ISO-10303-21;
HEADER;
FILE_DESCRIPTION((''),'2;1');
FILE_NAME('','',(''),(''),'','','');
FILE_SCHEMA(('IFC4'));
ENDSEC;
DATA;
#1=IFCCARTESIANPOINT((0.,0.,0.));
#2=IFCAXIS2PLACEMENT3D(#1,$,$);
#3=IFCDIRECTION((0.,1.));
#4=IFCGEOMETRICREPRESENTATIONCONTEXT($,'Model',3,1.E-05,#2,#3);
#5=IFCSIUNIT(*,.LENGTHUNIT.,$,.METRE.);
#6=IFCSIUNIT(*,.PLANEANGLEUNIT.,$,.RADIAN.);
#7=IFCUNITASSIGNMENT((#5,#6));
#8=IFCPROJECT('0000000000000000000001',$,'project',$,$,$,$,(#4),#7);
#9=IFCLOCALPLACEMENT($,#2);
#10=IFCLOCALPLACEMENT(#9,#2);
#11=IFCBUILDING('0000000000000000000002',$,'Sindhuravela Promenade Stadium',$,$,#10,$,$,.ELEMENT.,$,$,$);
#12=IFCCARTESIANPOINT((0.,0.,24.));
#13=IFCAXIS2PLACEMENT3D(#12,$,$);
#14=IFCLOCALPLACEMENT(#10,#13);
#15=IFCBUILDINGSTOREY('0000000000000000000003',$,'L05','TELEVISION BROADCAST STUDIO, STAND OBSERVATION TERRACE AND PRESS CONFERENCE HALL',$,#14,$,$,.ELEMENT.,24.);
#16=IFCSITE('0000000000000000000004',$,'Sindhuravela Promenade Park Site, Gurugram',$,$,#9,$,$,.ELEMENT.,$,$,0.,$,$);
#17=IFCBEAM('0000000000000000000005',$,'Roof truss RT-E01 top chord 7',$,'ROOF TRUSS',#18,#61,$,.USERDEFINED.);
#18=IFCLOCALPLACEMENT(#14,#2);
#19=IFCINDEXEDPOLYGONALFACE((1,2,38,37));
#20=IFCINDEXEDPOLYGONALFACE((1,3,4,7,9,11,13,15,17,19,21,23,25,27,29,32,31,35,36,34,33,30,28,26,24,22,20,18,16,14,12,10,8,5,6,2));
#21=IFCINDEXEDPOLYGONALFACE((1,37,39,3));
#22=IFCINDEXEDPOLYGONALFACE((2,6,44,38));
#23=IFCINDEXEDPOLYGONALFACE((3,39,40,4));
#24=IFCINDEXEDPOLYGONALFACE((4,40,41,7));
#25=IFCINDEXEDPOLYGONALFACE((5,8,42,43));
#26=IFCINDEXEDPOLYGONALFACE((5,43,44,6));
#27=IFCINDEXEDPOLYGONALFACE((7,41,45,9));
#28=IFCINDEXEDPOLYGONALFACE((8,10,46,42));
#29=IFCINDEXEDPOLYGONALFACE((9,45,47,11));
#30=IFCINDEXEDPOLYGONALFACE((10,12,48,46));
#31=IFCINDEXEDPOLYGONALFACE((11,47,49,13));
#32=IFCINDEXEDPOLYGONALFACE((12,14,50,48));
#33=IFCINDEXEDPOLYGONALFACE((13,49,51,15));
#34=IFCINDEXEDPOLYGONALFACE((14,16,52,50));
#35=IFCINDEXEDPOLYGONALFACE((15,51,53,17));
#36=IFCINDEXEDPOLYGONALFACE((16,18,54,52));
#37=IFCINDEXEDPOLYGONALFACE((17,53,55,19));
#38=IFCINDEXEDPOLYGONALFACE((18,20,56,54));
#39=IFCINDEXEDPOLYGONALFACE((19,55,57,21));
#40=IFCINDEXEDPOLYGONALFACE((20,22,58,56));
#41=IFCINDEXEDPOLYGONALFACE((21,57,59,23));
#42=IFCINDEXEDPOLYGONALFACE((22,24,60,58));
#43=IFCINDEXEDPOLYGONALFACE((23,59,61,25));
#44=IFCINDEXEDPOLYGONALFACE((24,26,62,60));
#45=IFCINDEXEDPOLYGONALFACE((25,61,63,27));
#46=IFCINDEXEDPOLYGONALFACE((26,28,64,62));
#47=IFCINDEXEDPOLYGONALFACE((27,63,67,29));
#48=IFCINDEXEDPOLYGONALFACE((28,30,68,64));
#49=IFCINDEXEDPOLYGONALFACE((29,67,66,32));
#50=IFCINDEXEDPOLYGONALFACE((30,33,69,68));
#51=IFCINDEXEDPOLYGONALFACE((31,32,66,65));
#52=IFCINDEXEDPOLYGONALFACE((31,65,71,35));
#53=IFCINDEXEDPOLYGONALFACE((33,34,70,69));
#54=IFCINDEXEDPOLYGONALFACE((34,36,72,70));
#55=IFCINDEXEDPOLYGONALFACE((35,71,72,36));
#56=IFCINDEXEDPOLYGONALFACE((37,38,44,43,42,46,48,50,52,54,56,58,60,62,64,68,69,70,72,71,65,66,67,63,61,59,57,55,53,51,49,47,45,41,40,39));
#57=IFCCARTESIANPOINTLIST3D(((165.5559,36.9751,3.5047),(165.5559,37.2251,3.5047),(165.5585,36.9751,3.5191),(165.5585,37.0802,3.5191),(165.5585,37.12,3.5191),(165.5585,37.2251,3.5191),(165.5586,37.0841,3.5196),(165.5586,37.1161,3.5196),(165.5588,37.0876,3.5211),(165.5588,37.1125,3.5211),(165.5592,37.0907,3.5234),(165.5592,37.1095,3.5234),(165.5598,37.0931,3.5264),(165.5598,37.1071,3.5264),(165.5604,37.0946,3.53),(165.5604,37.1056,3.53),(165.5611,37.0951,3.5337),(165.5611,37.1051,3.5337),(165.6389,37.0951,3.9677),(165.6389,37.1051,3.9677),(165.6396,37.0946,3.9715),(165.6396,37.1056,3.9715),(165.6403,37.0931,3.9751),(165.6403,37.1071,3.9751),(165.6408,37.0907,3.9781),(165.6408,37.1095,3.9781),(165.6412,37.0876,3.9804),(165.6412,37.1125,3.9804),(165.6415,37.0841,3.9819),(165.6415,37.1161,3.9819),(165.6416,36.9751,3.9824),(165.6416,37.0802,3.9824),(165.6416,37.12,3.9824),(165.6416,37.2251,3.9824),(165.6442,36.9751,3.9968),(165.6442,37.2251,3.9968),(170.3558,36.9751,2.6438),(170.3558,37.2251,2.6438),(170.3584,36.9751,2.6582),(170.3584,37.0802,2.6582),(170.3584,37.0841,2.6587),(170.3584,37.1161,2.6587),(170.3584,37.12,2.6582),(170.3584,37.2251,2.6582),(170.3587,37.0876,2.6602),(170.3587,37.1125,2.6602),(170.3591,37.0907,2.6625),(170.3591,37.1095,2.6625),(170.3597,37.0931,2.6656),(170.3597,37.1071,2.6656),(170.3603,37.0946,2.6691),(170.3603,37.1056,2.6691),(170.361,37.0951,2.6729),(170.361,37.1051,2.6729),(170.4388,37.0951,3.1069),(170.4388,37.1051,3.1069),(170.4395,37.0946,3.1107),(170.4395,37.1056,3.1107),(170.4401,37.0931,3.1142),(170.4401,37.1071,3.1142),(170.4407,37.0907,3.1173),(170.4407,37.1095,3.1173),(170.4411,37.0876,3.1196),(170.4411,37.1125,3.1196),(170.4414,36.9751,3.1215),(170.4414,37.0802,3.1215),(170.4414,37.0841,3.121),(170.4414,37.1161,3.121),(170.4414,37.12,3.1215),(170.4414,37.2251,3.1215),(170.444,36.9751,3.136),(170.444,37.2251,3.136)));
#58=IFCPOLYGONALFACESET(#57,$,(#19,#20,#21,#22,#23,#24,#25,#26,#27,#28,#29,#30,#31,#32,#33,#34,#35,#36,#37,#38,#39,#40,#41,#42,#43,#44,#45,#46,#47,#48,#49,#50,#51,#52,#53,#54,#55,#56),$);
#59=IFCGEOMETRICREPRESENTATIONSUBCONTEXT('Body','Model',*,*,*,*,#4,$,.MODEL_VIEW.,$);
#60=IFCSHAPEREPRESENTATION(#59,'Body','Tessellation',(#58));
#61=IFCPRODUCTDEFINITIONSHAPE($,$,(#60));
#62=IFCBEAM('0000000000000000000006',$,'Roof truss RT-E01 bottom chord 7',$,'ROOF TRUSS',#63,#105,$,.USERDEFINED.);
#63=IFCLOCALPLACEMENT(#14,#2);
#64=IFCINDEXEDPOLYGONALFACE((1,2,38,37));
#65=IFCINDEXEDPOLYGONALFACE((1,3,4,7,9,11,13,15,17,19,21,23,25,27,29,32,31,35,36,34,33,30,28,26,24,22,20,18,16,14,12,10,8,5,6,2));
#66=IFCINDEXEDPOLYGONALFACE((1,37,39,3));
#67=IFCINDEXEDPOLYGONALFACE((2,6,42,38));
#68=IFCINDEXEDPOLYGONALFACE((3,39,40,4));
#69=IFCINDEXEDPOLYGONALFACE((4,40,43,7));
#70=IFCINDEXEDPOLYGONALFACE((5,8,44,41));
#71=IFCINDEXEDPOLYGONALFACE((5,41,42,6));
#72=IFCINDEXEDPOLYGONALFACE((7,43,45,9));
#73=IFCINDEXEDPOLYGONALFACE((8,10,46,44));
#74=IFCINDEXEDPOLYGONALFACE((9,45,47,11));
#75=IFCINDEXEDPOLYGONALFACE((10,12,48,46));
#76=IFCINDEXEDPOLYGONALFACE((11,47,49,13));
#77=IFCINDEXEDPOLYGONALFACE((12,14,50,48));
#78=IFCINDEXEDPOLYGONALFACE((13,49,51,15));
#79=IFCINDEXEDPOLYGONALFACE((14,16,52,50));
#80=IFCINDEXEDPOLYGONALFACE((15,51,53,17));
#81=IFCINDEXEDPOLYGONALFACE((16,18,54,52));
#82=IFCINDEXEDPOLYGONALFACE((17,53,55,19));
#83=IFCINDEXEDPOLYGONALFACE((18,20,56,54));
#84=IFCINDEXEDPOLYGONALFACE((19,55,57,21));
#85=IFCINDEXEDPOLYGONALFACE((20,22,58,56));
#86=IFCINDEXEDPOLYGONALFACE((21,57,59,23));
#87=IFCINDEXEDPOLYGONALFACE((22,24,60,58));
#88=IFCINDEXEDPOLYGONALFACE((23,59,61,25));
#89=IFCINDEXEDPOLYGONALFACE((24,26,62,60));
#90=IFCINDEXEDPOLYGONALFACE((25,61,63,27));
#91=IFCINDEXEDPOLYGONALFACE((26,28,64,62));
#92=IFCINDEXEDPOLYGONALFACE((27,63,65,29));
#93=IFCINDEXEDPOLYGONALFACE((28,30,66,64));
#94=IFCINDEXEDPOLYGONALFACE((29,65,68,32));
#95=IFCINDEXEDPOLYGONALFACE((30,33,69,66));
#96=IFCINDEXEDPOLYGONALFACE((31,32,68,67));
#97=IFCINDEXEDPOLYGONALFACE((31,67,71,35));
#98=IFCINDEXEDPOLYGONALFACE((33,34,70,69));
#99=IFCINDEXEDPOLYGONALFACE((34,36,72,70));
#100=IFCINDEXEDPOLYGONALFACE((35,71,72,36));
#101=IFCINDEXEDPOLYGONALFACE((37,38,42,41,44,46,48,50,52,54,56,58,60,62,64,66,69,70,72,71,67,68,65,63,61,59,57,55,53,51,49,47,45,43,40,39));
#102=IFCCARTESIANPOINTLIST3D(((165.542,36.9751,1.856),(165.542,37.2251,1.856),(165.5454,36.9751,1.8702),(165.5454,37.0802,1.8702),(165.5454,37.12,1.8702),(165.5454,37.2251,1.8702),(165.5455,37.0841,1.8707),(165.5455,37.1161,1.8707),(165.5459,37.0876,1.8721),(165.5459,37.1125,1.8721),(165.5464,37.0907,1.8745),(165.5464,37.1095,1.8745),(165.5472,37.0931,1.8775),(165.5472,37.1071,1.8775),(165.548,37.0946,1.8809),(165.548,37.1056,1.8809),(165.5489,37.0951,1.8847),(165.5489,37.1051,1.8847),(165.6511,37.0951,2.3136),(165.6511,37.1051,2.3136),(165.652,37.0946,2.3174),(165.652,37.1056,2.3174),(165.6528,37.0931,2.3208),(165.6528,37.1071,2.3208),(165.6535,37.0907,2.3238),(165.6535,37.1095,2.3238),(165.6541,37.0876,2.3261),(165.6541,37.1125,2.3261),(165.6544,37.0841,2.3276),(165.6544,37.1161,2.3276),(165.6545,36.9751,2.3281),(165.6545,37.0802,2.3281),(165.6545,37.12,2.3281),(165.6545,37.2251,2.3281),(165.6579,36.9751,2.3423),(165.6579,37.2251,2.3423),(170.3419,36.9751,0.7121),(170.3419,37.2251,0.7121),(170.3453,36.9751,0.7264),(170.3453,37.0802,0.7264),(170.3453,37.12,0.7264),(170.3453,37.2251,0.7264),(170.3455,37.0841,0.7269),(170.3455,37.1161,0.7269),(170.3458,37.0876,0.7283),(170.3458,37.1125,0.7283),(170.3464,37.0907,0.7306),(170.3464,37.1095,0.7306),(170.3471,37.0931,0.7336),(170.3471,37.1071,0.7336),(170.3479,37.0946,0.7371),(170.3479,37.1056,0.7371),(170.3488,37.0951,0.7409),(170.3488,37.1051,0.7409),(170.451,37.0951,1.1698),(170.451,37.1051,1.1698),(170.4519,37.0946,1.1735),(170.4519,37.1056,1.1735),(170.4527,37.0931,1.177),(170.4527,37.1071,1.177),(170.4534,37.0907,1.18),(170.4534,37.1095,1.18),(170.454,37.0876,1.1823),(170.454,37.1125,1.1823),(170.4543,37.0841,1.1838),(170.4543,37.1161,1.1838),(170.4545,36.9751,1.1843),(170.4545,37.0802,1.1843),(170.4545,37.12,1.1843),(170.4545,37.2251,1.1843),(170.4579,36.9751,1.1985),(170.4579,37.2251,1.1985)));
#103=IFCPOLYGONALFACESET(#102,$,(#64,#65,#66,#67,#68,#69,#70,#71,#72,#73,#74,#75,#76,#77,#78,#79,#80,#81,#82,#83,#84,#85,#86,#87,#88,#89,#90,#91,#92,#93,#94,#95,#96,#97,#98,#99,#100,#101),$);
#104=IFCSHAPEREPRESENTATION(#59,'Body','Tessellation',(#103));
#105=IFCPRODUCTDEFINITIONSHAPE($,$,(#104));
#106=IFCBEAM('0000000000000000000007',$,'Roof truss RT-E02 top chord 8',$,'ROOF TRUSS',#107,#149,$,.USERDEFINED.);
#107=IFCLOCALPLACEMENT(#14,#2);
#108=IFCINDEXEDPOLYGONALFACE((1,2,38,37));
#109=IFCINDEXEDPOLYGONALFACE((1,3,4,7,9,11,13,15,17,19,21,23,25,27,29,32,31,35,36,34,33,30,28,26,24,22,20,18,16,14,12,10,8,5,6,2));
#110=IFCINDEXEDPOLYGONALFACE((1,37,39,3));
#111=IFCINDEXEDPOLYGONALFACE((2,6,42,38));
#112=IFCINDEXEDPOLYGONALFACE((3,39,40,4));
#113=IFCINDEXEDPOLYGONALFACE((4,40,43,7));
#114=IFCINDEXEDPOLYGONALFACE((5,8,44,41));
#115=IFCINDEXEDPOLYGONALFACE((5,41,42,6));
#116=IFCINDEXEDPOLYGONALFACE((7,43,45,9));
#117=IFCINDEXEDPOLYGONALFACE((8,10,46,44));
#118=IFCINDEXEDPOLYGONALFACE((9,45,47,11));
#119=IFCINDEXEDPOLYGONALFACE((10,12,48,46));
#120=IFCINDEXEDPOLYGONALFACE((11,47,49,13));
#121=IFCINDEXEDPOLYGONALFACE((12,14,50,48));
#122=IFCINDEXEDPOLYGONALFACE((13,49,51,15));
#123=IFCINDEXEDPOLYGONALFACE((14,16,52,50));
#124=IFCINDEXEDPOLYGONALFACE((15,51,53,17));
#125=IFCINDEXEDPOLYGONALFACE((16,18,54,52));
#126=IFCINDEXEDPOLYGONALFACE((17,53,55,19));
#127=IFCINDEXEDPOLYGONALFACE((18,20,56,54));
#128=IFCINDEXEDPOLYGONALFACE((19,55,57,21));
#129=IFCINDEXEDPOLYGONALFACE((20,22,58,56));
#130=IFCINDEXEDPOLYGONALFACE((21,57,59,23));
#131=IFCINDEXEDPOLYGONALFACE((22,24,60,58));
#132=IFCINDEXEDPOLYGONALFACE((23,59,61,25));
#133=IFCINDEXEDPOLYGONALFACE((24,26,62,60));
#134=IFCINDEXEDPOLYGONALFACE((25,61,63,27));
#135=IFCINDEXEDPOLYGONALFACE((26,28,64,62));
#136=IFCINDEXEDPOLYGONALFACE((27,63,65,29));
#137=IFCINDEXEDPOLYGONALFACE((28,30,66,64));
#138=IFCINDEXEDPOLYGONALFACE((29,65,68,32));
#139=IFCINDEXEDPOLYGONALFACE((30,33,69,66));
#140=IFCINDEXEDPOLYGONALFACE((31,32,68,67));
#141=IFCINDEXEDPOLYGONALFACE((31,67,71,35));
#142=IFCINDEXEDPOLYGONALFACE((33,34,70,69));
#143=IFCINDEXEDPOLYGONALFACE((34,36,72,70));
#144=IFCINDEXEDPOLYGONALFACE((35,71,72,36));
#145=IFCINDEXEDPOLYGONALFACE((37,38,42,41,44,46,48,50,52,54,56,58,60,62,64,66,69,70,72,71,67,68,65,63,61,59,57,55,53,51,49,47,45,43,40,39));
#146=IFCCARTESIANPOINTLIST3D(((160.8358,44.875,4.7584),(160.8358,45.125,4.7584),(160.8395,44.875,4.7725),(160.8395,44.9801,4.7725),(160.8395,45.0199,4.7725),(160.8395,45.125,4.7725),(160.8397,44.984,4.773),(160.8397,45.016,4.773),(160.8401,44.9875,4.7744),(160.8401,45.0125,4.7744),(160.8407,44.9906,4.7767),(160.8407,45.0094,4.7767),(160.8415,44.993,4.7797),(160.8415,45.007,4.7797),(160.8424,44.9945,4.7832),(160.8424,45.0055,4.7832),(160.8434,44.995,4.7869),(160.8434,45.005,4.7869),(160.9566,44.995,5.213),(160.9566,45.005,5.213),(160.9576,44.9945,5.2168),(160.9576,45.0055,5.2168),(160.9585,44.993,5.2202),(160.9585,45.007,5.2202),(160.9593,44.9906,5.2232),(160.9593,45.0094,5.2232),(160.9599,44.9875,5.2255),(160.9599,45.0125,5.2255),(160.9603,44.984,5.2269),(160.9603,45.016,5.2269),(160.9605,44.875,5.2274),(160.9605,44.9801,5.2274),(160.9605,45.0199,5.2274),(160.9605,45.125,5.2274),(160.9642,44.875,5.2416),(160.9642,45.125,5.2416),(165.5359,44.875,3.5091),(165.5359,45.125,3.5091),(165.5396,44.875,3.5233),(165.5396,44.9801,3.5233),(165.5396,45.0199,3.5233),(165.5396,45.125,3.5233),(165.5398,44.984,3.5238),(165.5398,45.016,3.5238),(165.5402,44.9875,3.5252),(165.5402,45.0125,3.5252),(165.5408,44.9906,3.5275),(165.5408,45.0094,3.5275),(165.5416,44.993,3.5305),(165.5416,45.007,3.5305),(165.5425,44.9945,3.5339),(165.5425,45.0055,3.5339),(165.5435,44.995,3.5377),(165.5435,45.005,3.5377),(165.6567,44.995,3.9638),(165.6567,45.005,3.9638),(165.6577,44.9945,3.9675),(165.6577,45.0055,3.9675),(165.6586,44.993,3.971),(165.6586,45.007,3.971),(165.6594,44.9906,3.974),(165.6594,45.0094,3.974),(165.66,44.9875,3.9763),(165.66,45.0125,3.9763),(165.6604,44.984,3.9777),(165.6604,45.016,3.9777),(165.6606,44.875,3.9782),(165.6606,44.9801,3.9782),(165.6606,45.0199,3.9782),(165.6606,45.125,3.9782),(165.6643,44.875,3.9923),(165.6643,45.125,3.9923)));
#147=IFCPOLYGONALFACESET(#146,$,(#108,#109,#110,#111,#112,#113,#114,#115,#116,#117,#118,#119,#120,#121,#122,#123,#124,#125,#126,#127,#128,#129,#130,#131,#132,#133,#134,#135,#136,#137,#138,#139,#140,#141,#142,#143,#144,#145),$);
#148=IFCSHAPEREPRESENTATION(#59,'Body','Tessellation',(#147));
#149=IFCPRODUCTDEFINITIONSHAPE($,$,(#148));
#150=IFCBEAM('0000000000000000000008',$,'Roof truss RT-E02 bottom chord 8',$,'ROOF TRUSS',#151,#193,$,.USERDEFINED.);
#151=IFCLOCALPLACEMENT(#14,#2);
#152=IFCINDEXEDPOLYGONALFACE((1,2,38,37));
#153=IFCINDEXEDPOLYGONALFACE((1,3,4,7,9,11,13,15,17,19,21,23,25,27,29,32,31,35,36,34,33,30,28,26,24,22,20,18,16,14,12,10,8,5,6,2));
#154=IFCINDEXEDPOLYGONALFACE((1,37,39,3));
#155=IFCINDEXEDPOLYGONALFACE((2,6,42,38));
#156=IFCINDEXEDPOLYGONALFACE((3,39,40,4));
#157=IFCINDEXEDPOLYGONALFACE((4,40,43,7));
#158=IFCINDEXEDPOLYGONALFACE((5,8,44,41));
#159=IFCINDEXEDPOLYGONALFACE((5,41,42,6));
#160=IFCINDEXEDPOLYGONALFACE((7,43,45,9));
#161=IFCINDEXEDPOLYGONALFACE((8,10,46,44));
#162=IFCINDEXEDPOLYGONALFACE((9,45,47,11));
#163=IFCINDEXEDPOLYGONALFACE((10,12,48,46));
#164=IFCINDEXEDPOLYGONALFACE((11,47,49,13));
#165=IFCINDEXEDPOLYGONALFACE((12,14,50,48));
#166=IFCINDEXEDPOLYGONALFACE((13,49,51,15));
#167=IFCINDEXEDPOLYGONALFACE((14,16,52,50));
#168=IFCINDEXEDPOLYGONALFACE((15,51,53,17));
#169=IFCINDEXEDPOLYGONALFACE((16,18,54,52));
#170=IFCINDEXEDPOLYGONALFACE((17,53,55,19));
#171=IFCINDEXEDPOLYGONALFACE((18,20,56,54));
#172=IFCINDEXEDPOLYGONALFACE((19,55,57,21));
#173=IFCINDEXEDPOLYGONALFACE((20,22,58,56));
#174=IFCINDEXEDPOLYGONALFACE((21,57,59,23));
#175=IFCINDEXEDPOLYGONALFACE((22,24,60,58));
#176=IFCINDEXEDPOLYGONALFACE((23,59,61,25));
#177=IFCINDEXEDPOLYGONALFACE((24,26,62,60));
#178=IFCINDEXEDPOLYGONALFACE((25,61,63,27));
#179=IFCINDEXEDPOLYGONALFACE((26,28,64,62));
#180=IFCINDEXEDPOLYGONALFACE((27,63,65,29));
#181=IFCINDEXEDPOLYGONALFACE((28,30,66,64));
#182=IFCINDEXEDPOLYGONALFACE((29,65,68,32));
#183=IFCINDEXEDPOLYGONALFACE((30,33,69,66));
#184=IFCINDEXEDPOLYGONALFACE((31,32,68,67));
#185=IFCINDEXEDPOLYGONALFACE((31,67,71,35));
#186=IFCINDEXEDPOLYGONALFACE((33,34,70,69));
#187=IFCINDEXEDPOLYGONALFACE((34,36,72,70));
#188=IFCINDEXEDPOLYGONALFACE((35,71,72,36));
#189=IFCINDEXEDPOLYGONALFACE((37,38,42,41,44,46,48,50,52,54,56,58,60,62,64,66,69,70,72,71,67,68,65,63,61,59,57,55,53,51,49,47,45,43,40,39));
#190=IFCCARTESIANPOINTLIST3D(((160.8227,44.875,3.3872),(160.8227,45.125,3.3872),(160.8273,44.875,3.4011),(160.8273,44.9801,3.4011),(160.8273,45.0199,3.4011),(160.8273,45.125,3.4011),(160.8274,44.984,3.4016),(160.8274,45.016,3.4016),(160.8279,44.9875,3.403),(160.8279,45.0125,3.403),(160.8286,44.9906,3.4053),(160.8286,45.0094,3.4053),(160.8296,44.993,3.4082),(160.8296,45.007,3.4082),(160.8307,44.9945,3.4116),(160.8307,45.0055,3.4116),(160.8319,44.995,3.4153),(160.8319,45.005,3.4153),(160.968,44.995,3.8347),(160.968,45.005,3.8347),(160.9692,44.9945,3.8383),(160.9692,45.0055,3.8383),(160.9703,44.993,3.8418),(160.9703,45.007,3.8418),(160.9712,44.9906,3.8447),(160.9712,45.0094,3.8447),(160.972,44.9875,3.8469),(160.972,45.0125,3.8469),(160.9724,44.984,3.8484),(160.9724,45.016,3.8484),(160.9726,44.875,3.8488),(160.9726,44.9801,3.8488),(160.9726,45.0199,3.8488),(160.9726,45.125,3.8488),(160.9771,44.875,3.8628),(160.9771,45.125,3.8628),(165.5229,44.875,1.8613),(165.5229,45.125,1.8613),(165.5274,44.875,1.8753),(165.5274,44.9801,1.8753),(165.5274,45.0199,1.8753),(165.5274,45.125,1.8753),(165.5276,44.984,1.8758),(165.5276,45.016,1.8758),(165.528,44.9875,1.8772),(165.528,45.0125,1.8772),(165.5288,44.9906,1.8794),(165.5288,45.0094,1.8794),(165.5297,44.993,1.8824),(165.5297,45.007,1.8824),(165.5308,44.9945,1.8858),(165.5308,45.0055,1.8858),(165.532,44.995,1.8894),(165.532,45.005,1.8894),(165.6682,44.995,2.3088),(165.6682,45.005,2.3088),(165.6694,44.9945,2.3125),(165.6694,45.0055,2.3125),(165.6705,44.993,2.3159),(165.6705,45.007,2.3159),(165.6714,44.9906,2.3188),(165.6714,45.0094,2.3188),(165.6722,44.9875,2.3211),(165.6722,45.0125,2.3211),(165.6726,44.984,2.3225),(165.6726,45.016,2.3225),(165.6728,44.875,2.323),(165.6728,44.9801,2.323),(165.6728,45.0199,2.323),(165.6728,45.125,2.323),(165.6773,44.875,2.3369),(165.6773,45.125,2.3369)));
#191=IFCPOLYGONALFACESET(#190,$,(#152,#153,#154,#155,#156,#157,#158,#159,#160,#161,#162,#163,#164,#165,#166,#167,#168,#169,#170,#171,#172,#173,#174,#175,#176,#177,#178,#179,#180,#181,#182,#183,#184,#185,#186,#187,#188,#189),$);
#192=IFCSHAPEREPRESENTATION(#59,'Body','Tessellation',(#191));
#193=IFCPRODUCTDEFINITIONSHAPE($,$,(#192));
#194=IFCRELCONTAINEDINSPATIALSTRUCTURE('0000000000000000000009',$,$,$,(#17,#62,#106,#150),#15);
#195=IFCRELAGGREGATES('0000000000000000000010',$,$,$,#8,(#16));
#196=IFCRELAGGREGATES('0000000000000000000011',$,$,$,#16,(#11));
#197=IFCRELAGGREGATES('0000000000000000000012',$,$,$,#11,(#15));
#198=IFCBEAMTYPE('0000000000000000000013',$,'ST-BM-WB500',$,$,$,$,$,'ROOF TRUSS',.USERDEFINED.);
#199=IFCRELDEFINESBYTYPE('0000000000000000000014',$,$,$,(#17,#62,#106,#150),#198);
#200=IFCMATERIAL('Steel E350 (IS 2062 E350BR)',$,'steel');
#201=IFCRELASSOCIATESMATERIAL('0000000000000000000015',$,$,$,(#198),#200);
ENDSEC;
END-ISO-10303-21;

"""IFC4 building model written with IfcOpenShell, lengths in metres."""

from ifc_helpers import new_model, si_unit, direction, frame, origin, origin_2d, place, context, subcontext, project, spatial, i_section, extrude, material, material_profile, profile_set, type_object, element, save


model = new_model("IFC4")

# Units and contexts
model_context = context("Model", 3, precision=1e-05, world=origin(), true_north=direction((0.0, 1.0)))
body_context = subcontext(model_context, "Body", "Model", "MODEL_VIEW")
ifc_project = project(units=[si_unit("LENGTHUNIT", "METRE"), si_unit("PLANEANGLEUNIT", "RADIAN")], contexts=[model_context])

# Site, building, storey
site_placement = place(None, origin())
site = spatial("IfcSite", under=ifc_project, at=site_placement, Name="Sindhuravela Promenade Park Site, Gurugram", CompositionType="ELEMENT", RefElevation=0.0)
building_placement = place(site_placement, origin())
building = spatial("IfcBuilding", under=site, at=building_placement, Name="Sindhuravela Promenade Stadium", CompositionType="ELEMENT")
storey_placement = place(building_placement, frame((0.0, 0.0, 24.0)))
storey = spatial("IfcBuildingStorey", under=building, at=storey_placement, Name="L05", Description="TELEVISION BROADCAST STUDIO, STAND OBSERVATION TERRACE AND PRESS CONFERENCE HALL", CompositionType="ELEMENT", Elevation=24.0)

# Beams
ifc_material_1 = material(Name="Steel E350 (IS 2062 E350BR)", Category="steel")
ifc_material_profile_1 = material_profile(ifc_material_1, i_section(OverallWidth=0.25, OverallDepth=0.5, WebThickness=0.01, FlangeThickness=0.0146, FilletRadius=0.0149, at=origin_2d()), Name="ISWB 500")
ifc_profile_set_1 = profile_set([ifc_material_profile_1], Name="Steel E350 (IS 2062 E350BR)")
beam_type = type_object("IfcBeamType", Name="ST-BM-WB500", ElementType="ROOF TRUSS", PredefinedType="USERDEFINED", material=ifc_profile_set_1)
beam_1_placement = place(storey_placement, frame((170.3999, 37.1001, 2.8899), z_axis=(-0.984295, 0.0, 0.176532), x_axis=(0.0, -1.0, 0.0)))
element("IfcBeam", 1, at=beam_1_placement, inside=storey, type_object=beam_type, Name="Roof truss RT-E01 top chord 7", ObjectType="ROOF TRUSS", PredefinedType="USERDEFINED", context=body_context, shape_type="SweptSolid", body=[
    extrude(i_section(OverallWidth=0.25, OverallDepth=0.5, WebThickness=0.01, FlangeThickness=0.0146, FilletRadius=0.0149, at=origin_2d()), origin(), (0.0, 0.0, 1.0), 4.8765),
])
beam_2_placement = place(storey_placement, frame((170.3999, 37.1001, 0.9553), z_axis=(-0.972761, 0.0, 0.23181), x_axis=(0.0, -1.0, 0.0)))
element("IfcBeam", 2, at=beam_2_placement, inside=storey, type_object=beam_type, Name="Roof truss RT-E01 bottom chord 7", ObjectType="ROOF TRUSS", PredefinedType="USERDEFINED", context=body_context, shape_type="SweptSolid", body=[
    extrude(i_section(OverallWidth=0.25, OverallDepth=0.5, WebThickness=0.01, FlangeThickness=0.0146, FilletRadius=0.0149, at=origin_2d()), origin(), (0.0, 0.0, 1.0), 4.9343),
])
beam_3_placement = place(storey_placement, frame((165.6001, 45.0, 3.7507), z_axis=(-0.966445, 0.0, 0.256872), x_axis=(0.0, -1.0, 0.0)))
element("IfcBeam", 3, at=beam_3_placement, inside=storey, type_object=beam_type, Name="Roof truss RT-E02 top chord 8", ObjectType="ROOF TRUSS", PredefinedType="USERDEFINED", context=body_context, shape_type="SweptSolid", body=[
    extrude(i_section(OverallWidth=0.25, OverallDepth=0.5, WebThickness=0.01, FlangeThickness=0.0146, FilletRadius=0.0149, at=origin_2d()), origin(), (0.0, 0.0, 1.0), 4.8633),
])
beam_4_placement = place(storey_placement, frame((165.6001, 45.0, 2.0991), z_axis=(-0.951134, 0.0, 0.308778), x_axis=(0.0, -1.0, 0.0)))
element("IfcBeam", 4, at=beam_4_placement, inside=storey, type_object=beam_type, Name="Roof truss RT-E02 bottom chord 8", ObjectType="ROOF TRUSS", PredefinedType="USERDEFINED", context=body_context, shape_type="SweptSolid", body=[
    extrude(i_section(OverallWidth=0.25, OverallDepth=0.5, WebThickness=0.01, FlangeThickness=0.0146, FilletRadius=0.0149, at=origin_2d()), origin(), (0.0, 0.0, 1.0), 4.9417),
])

save(model, "model.ifc")
